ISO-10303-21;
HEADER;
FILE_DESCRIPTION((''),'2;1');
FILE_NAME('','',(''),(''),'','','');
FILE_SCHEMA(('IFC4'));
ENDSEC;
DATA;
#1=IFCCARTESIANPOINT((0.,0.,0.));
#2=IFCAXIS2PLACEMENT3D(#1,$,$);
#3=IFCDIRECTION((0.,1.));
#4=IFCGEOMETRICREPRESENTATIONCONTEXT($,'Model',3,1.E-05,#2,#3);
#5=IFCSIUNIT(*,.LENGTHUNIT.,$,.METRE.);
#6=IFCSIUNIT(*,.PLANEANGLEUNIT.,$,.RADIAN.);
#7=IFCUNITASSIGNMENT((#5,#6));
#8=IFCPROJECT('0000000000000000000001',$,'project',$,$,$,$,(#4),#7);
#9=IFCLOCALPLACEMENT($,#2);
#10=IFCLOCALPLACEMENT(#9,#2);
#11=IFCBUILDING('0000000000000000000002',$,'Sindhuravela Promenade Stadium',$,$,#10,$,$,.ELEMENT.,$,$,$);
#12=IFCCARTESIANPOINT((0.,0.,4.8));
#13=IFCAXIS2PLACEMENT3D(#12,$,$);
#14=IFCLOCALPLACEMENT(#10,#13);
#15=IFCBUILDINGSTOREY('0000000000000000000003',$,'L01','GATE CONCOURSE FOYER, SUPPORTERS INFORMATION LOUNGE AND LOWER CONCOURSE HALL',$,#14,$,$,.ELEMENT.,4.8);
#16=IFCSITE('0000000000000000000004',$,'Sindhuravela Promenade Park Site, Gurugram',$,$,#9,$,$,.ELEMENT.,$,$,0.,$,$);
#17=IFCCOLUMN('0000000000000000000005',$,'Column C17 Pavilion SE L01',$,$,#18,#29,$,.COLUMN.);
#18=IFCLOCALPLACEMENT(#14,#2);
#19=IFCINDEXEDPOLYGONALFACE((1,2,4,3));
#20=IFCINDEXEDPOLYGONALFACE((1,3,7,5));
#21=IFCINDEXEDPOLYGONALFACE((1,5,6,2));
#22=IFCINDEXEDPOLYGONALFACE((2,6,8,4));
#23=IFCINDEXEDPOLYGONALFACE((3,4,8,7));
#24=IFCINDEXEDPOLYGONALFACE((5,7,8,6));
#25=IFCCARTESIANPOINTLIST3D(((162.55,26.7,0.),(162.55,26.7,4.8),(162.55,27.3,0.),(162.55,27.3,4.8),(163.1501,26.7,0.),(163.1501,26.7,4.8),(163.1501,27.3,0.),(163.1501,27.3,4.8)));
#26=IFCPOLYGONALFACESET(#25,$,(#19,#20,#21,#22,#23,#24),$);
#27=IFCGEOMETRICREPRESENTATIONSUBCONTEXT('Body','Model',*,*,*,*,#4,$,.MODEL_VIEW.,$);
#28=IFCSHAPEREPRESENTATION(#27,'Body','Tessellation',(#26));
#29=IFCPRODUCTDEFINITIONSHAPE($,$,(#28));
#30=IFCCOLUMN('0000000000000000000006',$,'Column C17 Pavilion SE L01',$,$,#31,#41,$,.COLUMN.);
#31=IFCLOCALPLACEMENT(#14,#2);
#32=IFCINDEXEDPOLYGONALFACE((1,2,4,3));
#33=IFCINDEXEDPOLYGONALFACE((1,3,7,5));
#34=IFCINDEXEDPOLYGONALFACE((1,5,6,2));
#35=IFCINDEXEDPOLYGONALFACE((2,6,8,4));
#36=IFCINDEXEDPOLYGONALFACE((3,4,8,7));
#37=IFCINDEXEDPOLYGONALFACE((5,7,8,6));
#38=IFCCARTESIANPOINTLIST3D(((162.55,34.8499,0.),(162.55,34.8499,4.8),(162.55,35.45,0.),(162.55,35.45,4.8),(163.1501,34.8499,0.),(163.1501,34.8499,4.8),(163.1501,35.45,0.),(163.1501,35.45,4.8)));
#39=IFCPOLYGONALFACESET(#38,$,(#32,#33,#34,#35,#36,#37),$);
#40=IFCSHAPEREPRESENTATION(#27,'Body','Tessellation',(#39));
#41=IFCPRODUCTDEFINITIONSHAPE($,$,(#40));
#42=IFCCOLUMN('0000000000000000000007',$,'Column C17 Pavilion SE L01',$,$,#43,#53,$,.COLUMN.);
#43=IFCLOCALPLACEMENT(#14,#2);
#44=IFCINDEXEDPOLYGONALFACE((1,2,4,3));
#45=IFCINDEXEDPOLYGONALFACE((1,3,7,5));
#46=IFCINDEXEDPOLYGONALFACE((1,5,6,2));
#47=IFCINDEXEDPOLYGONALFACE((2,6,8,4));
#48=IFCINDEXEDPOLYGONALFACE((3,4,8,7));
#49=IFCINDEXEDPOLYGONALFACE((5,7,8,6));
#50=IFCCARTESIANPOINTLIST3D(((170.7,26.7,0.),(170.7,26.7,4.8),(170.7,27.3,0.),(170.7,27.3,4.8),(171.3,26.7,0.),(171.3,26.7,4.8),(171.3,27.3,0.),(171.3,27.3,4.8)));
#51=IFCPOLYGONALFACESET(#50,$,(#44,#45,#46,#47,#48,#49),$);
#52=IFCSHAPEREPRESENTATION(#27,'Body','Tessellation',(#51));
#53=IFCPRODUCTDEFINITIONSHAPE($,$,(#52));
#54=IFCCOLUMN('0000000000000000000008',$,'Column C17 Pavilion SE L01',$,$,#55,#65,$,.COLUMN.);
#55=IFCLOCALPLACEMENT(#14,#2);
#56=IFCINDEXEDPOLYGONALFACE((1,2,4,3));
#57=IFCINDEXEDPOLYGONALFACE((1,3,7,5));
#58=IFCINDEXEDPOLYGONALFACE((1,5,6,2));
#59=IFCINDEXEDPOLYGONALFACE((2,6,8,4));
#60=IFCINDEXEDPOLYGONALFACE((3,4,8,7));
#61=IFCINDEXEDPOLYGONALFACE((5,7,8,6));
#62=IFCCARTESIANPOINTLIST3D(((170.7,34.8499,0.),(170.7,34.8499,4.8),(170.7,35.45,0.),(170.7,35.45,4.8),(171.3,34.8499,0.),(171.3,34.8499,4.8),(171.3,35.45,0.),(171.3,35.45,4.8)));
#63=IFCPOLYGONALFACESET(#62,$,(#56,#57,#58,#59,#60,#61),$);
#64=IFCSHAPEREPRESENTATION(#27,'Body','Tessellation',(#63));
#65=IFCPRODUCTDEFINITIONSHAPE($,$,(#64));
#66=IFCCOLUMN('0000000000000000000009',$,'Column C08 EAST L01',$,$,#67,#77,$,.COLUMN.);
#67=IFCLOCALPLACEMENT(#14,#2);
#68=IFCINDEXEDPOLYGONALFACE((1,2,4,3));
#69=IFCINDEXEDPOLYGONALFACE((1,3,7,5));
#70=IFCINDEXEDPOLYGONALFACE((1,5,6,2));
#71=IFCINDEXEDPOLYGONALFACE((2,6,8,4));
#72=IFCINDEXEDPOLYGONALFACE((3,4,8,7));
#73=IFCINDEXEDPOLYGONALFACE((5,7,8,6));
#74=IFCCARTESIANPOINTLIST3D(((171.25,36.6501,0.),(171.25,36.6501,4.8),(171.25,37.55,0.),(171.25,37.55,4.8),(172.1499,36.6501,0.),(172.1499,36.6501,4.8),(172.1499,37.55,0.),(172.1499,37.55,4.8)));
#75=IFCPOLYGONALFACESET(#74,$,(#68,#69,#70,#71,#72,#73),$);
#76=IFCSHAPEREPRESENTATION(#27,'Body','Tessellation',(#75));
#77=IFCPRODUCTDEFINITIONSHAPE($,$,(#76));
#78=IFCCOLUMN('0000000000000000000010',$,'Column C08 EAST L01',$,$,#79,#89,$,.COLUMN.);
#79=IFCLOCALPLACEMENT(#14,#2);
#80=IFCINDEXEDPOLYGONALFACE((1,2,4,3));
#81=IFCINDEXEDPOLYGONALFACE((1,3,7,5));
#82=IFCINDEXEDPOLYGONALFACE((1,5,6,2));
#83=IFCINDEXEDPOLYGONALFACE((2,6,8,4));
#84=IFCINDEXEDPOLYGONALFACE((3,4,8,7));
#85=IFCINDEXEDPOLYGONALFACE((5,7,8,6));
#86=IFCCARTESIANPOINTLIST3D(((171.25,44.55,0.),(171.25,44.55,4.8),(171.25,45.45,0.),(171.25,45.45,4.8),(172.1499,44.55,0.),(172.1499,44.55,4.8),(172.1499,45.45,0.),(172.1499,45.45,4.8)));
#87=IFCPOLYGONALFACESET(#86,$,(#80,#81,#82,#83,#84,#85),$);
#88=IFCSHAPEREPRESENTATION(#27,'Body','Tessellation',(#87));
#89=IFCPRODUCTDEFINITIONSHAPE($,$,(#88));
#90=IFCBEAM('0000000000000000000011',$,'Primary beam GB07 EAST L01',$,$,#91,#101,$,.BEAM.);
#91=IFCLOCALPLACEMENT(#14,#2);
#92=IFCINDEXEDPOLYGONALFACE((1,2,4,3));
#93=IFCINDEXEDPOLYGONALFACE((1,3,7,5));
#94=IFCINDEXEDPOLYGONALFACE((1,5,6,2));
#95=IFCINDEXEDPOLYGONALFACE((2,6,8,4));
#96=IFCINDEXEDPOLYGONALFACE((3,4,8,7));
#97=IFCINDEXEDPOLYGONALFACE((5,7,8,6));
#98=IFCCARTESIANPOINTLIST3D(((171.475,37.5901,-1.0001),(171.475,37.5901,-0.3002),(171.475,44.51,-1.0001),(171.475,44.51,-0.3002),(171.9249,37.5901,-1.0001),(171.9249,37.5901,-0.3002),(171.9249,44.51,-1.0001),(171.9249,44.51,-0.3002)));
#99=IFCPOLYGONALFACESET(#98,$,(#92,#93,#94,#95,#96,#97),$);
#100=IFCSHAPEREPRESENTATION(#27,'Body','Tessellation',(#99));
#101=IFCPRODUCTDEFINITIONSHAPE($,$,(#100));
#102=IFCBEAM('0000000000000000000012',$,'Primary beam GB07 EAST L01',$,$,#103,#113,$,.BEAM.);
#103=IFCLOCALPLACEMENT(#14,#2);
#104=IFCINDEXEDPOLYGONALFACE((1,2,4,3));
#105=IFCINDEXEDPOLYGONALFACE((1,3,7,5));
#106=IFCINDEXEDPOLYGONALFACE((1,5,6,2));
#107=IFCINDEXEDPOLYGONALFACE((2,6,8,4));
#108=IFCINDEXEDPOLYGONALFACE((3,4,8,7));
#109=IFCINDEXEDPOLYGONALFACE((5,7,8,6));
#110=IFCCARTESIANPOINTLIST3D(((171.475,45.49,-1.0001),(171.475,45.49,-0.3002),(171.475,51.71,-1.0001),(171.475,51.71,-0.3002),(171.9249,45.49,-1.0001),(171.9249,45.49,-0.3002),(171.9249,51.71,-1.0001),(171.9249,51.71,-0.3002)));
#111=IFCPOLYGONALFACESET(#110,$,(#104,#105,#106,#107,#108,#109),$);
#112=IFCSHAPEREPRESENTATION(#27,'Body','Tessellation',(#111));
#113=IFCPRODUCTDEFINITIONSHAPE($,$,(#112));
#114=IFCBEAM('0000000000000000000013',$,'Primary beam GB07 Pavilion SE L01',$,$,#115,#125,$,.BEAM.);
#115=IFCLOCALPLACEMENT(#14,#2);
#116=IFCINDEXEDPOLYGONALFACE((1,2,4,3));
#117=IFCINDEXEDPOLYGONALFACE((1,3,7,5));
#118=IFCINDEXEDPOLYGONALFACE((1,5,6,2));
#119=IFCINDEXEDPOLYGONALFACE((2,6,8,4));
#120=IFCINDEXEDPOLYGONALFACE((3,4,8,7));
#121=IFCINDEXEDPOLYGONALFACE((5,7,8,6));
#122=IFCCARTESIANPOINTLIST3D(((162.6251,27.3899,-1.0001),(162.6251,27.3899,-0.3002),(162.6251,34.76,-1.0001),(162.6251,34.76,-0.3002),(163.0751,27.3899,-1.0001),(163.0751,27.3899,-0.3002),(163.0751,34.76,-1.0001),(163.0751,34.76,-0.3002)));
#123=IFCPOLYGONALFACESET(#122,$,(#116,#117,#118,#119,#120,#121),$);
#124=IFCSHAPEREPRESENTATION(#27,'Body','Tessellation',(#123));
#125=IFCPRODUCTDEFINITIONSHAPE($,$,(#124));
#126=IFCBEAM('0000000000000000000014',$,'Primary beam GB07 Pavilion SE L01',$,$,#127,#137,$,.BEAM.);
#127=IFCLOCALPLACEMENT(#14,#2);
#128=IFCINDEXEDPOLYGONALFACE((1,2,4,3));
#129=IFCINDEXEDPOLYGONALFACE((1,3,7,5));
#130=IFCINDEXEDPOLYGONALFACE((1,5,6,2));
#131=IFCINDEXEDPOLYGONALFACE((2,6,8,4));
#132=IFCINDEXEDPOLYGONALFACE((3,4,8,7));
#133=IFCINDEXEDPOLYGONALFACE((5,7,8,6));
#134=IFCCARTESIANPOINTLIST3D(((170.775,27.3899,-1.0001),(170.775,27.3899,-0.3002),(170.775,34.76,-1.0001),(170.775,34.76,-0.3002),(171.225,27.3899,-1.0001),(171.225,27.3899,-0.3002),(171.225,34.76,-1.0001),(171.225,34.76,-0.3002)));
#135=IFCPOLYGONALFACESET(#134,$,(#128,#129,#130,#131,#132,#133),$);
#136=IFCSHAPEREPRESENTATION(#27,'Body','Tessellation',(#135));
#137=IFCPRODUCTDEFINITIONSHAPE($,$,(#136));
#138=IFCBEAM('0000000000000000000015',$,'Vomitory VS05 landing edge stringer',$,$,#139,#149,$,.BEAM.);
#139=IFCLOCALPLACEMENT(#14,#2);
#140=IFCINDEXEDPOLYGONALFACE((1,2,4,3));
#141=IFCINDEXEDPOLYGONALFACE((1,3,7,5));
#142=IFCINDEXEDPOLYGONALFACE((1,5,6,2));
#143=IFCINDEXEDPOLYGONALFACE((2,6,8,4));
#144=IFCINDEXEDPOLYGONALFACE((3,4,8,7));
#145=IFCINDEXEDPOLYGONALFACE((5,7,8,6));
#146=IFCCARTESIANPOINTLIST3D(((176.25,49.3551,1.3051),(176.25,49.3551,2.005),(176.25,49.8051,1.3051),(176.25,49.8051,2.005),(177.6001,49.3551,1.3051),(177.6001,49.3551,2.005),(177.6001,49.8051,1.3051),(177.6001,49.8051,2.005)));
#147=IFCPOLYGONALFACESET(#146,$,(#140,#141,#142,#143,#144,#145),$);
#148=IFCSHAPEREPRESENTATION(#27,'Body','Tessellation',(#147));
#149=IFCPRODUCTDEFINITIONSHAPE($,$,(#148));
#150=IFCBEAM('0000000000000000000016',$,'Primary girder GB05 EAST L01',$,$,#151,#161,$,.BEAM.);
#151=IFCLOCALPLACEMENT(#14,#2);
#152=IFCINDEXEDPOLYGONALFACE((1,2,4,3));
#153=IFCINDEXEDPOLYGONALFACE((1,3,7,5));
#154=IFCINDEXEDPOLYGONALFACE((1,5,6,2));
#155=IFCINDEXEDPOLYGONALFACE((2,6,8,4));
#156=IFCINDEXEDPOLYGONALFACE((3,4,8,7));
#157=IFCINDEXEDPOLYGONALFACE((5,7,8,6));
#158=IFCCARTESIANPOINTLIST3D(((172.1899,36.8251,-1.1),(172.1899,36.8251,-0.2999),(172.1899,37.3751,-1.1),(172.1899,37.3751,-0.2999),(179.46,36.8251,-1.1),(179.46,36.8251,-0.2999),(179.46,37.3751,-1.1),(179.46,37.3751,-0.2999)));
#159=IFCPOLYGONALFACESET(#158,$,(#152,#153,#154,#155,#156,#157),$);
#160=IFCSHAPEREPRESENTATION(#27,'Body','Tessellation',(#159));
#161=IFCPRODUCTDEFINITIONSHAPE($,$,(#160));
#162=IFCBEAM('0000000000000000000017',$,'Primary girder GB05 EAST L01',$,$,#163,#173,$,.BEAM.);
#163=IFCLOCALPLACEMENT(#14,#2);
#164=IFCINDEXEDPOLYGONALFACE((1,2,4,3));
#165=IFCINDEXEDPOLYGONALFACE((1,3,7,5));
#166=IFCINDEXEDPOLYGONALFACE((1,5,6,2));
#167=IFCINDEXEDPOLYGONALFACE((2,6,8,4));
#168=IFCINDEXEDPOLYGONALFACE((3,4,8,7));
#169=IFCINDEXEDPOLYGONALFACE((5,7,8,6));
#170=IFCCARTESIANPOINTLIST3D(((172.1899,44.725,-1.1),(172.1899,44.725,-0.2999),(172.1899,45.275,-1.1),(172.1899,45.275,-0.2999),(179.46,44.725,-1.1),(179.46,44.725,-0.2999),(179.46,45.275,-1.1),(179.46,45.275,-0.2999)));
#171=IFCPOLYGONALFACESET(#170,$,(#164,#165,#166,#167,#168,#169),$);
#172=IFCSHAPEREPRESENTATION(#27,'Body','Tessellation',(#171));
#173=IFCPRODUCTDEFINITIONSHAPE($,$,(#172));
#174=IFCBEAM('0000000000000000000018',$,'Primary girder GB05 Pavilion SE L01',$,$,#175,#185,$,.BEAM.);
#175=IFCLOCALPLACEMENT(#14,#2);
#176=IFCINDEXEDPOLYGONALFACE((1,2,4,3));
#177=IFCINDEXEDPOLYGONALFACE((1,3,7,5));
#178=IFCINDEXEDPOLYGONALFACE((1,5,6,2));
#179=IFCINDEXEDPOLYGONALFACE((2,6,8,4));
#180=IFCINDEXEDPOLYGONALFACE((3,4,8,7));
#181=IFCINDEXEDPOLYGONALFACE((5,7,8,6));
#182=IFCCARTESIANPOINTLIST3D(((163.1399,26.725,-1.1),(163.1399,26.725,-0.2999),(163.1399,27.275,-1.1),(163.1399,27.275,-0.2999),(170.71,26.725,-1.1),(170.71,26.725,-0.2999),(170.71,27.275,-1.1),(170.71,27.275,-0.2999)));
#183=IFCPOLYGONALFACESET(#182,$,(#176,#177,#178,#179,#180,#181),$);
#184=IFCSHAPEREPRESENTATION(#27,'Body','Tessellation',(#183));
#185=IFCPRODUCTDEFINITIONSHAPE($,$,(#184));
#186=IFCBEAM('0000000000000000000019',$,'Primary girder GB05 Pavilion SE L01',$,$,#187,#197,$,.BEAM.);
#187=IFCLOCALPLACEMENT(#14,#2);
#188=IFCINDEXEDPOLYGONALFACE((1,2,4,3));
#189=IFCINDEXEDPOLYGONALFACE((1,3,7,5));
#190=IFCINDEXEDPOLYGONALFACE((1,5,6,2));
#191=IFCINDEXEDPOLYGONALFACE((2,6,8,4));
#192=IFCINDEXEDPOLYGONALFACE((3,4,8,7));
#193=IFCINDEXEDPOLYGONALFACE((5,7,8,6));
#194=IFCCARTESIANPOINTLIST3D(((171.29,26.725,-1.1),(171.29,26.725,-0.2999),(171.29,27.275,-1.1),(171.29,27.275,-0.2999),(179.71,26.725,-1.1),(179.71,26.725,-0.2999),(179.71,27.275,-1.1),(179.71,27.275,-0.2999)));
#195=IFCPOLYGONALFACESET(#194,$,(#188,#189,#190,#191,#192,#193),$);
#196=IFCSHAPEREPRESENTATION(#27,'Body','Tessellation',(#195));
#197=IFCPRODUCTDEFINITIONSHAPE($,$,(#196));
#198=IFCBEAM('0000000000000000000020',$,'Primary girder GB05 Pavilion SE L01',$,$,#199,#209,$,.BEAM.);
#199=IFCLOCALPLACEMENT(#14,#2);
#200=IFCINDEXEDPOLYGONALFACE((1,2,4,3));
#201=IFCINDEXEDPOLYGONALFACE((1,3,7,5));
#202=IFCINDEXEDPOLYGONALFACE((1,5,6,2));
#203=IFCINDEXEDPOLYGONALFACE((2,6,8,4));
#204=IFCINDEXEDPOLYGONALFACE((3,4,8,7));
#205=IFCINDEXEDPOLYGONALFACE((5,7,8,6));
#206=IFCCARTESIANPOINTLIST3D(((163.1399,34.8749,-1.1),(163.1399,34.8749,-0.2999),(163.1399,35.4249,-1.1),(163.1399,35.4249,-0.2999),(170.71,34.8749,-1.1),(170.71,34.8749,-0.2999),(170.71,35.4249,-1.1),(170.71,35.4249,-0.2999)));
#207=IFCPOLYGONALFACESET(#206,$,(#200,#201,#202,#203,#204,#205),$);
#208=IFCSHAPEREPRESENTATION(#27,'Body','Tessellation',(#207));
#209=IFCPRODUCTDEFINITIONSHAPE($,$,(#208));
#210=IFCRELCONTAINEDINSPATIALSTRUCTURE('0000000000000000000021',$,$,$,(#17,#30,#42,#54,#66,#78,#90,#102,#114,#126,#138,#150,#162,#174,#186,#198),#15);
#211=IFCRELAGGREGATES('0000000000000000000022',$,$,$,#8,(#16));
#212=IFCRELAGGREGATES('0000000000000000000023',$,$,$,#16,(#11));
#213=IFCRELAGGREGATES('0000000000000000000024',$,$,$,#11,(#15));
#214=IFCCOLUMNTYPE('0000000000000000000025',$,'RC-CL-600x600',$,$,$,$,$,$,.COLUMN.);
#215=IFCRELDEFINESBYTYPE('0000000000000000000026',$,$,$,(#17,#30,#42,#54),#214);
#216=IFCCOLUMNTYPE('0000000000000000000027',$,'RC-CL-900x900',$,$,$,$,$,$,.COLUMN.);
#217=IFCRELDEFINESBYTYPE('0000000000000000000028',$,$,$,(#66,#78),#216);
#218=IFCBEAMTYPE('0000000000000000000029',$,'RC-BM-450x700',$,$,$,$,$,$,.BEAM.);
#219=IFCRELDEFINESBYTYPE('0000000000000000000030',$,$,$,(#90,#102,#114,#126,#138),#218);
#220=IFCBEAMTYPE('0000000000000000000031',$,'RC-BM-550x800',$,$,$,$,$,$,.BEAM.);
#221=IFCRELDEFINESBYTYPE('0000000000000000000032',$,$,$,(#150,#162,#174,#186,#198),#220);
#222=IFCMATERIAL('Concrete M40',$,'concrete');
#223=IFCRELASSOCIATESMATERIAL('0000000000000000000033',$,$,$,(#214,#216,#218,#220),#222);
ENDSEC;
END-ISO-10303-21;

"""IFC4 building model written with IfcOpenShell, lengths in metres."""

from ifc_helpers import new_model, si_unit, direction, frame, origin, origin_2d, place, context, subcontext, project, spatial, rectangle, extrude, material, material_profile, profile_set, type_object, element, save


model = new_model("IFC4")

# Units and contexts
model_context = context("Model", 3, precision=1e-05, world=origin(), true_north=direction((0.0, 1.0)))
body_context = subcontext(model_context, "Body", "Model", "MODEL_VIEW")
ifc_project = project(units=[si_unit("LENGTHUNIT", "METRE"), si_unit("PLANEANGLEUNIT", "RADIAN")], contexts=[model_context])

# Site, building, storey
site_placement = place(None, origin())
site = spatial("IfcSite", under=ifc_project, at=site_placement, Name="Sindhuravela Promenade Park Site, Gurugram", CompositionType="ELEMENT", RefElevation=0.0)
building_placement = place(site_placement, origin())
building = spatial("IfcBuilding", under=site, at=building_placement, Name="Sindhuravela Promenade Stadium", CompositionType="ELEMENT")
storey_placement = place(building_placement, frame((0.0, 0.0, 4.8)))
storey = spatial("IfcBuildingStorey", under=building, at=storey_placement, Name="L01", Description="GATE CONCOURSE FOYER, SUPPORTERS INFORMATION LOUNGE AND LOWER CONCOURSE HALL", CompositionType="ELEMENT", Elevation=4.8)

# Columns
ifc_material_1 = material(Name="Concrete M40", Category="concrete")
ifc_material_profile_1 = material_profile(ifc_material_1, rectangle(XDim=0.6001, YDim=0.6001, at=origin_2d()), Name="RC 600x600")
ifc_profile_set_1 = profile_set([ifc_material_profile_1], Name="Concrete M40")
column_type_1 = type_object("IfcColumnType", Name="RC-CL-600x600", PredefinedType="COLUMN", material=ifc_profile_set_1)
for number, where, z_axis, x_axis, name in (
    (1, (162.8501, 27.0, 0.0), (0.0, 0.0, 1.0), (1.0, 0.0, 0.0), "Column C17 Pavilion SE L01"),
    (2, (162.8501, 35.1499, 0.0), (0.0, 0.0, 1.0), (1.0, 0.0, 0.0), "Column C17 Pavilion SE L01"),
    (3, (171.0, 27.0, 0.0), (0.0, 0.0, 1.0), (1.0, 0.0, 0.0), "Column C17 Pavilion SE L01"),
    (4, (171.0, 35.1499, 0.0), (0.0, 0.0, 1.0), (1.0, 0.0, 0.0), "Column C17 Pavilion SE L01"),
):
    element("IfcColumn", number, at=place(storey_placement, frame(where, z_axis=z_axis, x_axis=x_axis)), inside=storey, type_object=column_type_1, Name=name, PredefinedType="COLUMN", context=body_context, shape_type="SweptSolid", body=[
        extrude(rectangle(XDim=0.6001, YDim=0.6001, at=origin_2d()), origin(), (0.0, 0.0, 1.0), 4.8),
    ])
ifc_material_profile_2 = material_profile(ifc_material_1, rectangle(XDim=0.8999, YDim=0.8999, at=origin_2d()), Name="RC 900x900")
ifc_profile_set_2 = profile_set([ifc_material_profile_2], Name="Concrete M40")
column_type_2 = type_object("IfcColumnType", Name="RC-CL-900x900", PredefinedType="COLUMN", material=ifc_profile_set_2)
for number, where, z_axis, x_axis, name in (
    (5, (171.7, 37.1001, 0.0), (0.0, 0.0, 1.0), (1.0, 0.0, 0.0), "Column C08 EAST L01"),
    (6, (171.7, 45.0, 0.0), (0.0, 0.0, 1.0), (1.0, 0.0, 0.0), "Column C08 EAST L01"),
):
    element("IfcColumn", number, at=place(storey_placement, frame(where, z_axis=z_axis, x_axis=x_axis)), inside=storey, type_object=column_type_2, Name=name, PredefinedType="COLUMN", context=body_context, shape_type="SweptSolid", body=[
        extrude(rectangle(XDim=0.8999, YDim=0.8999, at=origin_2d()), origin(), (0.0, 0.0, 1.0), 4.8),
    ])

# Beams
ifc_material_profile_3 = material_profile(ifc_material_1, rectangle(XDim=0.45, YDim=0.7, at=origin_2d()), Name="RC 450x700")
ifc_profile_set_3 = profile_set([ifc_material_profile_3], Name="Concrete M40")
beam_type_1 = type_object("IfcBeamType", Name="RC-BM-450x700", PredefinedType="BEAM", material=ifc_profile_set_3)
beam_1_placement = place(storey_placement, frame((171.7, 37.5901, -0.6501), z_axis=(0.0, 1.0, 0.0), x_axis=(-1.0, 0.0, 0.0)))
element("IfcBeam", 7, at=beam_1_placement, inside=storey, type_object=beam_type_1, Name="Primary beam GB07 EAST L01", PredefinedType="BEAM", context=body_context, shape_type="SweptSolid", body=[
    extrude(rectangle(XDim=0.45, YDim=0.7, at=origin_2d()), origin(), (0.0, 0.0, 1.0), 6.9199),
])
beam_2_placement = place(storey_placement, frame((171.7, 45.49, -0.6501), z_axis=(0.0, 1.0, 0.0), x_axis=(-1.0, 0.0, 0.0)))
element("IfcBeam", 8, at=beam_2_placement, inside=storey, type_object=beam_type_1, Name="Primary beam GB07 EAST L01", PredefinedType="BEAM", context=body_context, shape_type="SweptSolid", body=[
    extrude(rectangle(XDim=0.45, YDim=0.7, at=origin_2d()), origin(), (0.0, 0.0, 1.0), 6.22),
])
for number, where, z_axis, x_axis, name in (
    (9, (162.8501, 27.3899, -0.6501), (0.0, 1.0, 0.0), (-1.0, 0.0, 0.0), "Primary beam GB07 Pavilion SE L01"),
    (10, (171.0, 27.3899, -0.6501), (0.0, 1.0, 0.0), (-1.0, 0.0, 0.0), "Primary beam GB07 Pavilion SE L01"),
):
    element("IfcBeam", number, at=place(storey_placement, frame(where, z_axis=z_axis, x_axis=x_axis)), inside=storey, type_object=beam_type_1, Name=name, PredefinedType="BEAM", context=body_context, shape_type="SweptSolid", body=[
        extrude(rectangle(XDim=0.45, YDim=0.7, at=origin_2d()), origin(), (0.0, 0.0, 1.0), 7.3701),
    ])
beam_3_placement = place(storey_placement, frame((176.25, 49.5801, 1.655), z_axis=(1.0, 0.0, 0.0), x_axis=(0.0, 1.0, 0.0)))
element("IfcBeam", 11, at=beam_3_placement, inside=storey, type_object=beam_type_1, Name="Vomitory VS05 landing edge stringer", PredefinedType="BEAM", context=body_context, shape_type="SweptSolid", body=[
    extrude(rectangle(XDim=0.45, YDim=0.7, at=origin_2d()), origin(), (0.0, 0.0, 1.0), 1.3501),
])
ifc_material_profile_4 = material_profile(ifc_material_1, rectangle(XDim=0.55, YDim=0.8, at=origin_2d()), Name="RC 550x800")
ifc_profile_set_4 = profile_set([ifc_material_profile_4], Name="Concrete M40")
beam_type_2 = type_object("IfcBeamType", Name="RC-BM-550x800", PredefinedType="BEAM", material=ifc_profile_set_4)
for number, where, z_axis, x_axis, name in (
    (12, (172.1899, 37.1001, -0.7), (1.0, 0.0, 0.0), (0.0, 1.0, 0.0), "Primary girder GB05 EAST L01"),
    (13, (172.1899, 45.0, -0.7), (1.0, 0.0, 0.0), (0.0, 1.0, 0.0), "Primary girder GB05 EAST L01"),
):
    element("IfcBeam", number, at=place(storey_placement, frame(where, z_axis=z_axis, x_axis=x_axis)), inside=storey, type_object=beam_type_2, Name=name, PredefinedType="BEAM", context=body_context, shape_type="SweptSolid", body=[
        extrude(rectangle(XDim=0.55, YDim=0.8, at=origin_2d()), origin(), (0.0, 0.0, 1.0), 7.27),
    ])
beam_4_placement = place(storey_placement, frame((163.1399, 27.0, -0.7), z_axis=(1.0, 0.0, 0.0), x_axis=(0.0, 1.0, 0.0)))
element("IfcBeam", 14, at=beam_4_placement, inside=storey, type_object=beam_type_2, Name="Primary girder GB05 Pavilion SE L01", PredefinedType="BEAM", context=body_context, shape_type="SweptSolid", body=[
    extrude(rectangle(XDim=0.55, YDim=0.8, at=origin_2d()), origin(), (0.0, 0.0, 1.0), 7.5701),
])
beam_5_placement = place(storey_placement, frame((171.29, 27.0, -0.7), z_axis=(1.0, 0.0, 0.0), x_axis=(0.0, 1.0, 0.0)))
element("IfcBeam", 15, at=beam_5_placement, inside=storey, type_object=beam_type_2, Name="Primary girder GB05 Pavilion SE L01", PredefinedType="BEAM", context=body_context, shape_type="SweptSolid", body=[
    extrude(rectangle(XDim=0.55, YDim=0.8, at=origin_2d()), origin(), (0.0, 0.0, 1.0), 8.4199),
])
beam_6_placement = place(storey_placement, frame((163.1399, 35.1499, -0.7), z_axis=(1.0, 0.0, 0.0), x_axis=(0.0, 1.0, 0.0)))
element("IfcBeam", 16, at=beam_6_placement, inside=storey, type_object=beam_type_2, Name="Primary girder GB05 Pavilion SE L01", PredefinedType="BEAM", context=body_context, shape_type="SweptSolid", body=[
    extrude(rectangle(XDim=0.55, YDim=0.8, at=origin_2d()), origin(), (0.0, 0.0, 1.0), 7.5701),
])

save(model, "model.ifc")
